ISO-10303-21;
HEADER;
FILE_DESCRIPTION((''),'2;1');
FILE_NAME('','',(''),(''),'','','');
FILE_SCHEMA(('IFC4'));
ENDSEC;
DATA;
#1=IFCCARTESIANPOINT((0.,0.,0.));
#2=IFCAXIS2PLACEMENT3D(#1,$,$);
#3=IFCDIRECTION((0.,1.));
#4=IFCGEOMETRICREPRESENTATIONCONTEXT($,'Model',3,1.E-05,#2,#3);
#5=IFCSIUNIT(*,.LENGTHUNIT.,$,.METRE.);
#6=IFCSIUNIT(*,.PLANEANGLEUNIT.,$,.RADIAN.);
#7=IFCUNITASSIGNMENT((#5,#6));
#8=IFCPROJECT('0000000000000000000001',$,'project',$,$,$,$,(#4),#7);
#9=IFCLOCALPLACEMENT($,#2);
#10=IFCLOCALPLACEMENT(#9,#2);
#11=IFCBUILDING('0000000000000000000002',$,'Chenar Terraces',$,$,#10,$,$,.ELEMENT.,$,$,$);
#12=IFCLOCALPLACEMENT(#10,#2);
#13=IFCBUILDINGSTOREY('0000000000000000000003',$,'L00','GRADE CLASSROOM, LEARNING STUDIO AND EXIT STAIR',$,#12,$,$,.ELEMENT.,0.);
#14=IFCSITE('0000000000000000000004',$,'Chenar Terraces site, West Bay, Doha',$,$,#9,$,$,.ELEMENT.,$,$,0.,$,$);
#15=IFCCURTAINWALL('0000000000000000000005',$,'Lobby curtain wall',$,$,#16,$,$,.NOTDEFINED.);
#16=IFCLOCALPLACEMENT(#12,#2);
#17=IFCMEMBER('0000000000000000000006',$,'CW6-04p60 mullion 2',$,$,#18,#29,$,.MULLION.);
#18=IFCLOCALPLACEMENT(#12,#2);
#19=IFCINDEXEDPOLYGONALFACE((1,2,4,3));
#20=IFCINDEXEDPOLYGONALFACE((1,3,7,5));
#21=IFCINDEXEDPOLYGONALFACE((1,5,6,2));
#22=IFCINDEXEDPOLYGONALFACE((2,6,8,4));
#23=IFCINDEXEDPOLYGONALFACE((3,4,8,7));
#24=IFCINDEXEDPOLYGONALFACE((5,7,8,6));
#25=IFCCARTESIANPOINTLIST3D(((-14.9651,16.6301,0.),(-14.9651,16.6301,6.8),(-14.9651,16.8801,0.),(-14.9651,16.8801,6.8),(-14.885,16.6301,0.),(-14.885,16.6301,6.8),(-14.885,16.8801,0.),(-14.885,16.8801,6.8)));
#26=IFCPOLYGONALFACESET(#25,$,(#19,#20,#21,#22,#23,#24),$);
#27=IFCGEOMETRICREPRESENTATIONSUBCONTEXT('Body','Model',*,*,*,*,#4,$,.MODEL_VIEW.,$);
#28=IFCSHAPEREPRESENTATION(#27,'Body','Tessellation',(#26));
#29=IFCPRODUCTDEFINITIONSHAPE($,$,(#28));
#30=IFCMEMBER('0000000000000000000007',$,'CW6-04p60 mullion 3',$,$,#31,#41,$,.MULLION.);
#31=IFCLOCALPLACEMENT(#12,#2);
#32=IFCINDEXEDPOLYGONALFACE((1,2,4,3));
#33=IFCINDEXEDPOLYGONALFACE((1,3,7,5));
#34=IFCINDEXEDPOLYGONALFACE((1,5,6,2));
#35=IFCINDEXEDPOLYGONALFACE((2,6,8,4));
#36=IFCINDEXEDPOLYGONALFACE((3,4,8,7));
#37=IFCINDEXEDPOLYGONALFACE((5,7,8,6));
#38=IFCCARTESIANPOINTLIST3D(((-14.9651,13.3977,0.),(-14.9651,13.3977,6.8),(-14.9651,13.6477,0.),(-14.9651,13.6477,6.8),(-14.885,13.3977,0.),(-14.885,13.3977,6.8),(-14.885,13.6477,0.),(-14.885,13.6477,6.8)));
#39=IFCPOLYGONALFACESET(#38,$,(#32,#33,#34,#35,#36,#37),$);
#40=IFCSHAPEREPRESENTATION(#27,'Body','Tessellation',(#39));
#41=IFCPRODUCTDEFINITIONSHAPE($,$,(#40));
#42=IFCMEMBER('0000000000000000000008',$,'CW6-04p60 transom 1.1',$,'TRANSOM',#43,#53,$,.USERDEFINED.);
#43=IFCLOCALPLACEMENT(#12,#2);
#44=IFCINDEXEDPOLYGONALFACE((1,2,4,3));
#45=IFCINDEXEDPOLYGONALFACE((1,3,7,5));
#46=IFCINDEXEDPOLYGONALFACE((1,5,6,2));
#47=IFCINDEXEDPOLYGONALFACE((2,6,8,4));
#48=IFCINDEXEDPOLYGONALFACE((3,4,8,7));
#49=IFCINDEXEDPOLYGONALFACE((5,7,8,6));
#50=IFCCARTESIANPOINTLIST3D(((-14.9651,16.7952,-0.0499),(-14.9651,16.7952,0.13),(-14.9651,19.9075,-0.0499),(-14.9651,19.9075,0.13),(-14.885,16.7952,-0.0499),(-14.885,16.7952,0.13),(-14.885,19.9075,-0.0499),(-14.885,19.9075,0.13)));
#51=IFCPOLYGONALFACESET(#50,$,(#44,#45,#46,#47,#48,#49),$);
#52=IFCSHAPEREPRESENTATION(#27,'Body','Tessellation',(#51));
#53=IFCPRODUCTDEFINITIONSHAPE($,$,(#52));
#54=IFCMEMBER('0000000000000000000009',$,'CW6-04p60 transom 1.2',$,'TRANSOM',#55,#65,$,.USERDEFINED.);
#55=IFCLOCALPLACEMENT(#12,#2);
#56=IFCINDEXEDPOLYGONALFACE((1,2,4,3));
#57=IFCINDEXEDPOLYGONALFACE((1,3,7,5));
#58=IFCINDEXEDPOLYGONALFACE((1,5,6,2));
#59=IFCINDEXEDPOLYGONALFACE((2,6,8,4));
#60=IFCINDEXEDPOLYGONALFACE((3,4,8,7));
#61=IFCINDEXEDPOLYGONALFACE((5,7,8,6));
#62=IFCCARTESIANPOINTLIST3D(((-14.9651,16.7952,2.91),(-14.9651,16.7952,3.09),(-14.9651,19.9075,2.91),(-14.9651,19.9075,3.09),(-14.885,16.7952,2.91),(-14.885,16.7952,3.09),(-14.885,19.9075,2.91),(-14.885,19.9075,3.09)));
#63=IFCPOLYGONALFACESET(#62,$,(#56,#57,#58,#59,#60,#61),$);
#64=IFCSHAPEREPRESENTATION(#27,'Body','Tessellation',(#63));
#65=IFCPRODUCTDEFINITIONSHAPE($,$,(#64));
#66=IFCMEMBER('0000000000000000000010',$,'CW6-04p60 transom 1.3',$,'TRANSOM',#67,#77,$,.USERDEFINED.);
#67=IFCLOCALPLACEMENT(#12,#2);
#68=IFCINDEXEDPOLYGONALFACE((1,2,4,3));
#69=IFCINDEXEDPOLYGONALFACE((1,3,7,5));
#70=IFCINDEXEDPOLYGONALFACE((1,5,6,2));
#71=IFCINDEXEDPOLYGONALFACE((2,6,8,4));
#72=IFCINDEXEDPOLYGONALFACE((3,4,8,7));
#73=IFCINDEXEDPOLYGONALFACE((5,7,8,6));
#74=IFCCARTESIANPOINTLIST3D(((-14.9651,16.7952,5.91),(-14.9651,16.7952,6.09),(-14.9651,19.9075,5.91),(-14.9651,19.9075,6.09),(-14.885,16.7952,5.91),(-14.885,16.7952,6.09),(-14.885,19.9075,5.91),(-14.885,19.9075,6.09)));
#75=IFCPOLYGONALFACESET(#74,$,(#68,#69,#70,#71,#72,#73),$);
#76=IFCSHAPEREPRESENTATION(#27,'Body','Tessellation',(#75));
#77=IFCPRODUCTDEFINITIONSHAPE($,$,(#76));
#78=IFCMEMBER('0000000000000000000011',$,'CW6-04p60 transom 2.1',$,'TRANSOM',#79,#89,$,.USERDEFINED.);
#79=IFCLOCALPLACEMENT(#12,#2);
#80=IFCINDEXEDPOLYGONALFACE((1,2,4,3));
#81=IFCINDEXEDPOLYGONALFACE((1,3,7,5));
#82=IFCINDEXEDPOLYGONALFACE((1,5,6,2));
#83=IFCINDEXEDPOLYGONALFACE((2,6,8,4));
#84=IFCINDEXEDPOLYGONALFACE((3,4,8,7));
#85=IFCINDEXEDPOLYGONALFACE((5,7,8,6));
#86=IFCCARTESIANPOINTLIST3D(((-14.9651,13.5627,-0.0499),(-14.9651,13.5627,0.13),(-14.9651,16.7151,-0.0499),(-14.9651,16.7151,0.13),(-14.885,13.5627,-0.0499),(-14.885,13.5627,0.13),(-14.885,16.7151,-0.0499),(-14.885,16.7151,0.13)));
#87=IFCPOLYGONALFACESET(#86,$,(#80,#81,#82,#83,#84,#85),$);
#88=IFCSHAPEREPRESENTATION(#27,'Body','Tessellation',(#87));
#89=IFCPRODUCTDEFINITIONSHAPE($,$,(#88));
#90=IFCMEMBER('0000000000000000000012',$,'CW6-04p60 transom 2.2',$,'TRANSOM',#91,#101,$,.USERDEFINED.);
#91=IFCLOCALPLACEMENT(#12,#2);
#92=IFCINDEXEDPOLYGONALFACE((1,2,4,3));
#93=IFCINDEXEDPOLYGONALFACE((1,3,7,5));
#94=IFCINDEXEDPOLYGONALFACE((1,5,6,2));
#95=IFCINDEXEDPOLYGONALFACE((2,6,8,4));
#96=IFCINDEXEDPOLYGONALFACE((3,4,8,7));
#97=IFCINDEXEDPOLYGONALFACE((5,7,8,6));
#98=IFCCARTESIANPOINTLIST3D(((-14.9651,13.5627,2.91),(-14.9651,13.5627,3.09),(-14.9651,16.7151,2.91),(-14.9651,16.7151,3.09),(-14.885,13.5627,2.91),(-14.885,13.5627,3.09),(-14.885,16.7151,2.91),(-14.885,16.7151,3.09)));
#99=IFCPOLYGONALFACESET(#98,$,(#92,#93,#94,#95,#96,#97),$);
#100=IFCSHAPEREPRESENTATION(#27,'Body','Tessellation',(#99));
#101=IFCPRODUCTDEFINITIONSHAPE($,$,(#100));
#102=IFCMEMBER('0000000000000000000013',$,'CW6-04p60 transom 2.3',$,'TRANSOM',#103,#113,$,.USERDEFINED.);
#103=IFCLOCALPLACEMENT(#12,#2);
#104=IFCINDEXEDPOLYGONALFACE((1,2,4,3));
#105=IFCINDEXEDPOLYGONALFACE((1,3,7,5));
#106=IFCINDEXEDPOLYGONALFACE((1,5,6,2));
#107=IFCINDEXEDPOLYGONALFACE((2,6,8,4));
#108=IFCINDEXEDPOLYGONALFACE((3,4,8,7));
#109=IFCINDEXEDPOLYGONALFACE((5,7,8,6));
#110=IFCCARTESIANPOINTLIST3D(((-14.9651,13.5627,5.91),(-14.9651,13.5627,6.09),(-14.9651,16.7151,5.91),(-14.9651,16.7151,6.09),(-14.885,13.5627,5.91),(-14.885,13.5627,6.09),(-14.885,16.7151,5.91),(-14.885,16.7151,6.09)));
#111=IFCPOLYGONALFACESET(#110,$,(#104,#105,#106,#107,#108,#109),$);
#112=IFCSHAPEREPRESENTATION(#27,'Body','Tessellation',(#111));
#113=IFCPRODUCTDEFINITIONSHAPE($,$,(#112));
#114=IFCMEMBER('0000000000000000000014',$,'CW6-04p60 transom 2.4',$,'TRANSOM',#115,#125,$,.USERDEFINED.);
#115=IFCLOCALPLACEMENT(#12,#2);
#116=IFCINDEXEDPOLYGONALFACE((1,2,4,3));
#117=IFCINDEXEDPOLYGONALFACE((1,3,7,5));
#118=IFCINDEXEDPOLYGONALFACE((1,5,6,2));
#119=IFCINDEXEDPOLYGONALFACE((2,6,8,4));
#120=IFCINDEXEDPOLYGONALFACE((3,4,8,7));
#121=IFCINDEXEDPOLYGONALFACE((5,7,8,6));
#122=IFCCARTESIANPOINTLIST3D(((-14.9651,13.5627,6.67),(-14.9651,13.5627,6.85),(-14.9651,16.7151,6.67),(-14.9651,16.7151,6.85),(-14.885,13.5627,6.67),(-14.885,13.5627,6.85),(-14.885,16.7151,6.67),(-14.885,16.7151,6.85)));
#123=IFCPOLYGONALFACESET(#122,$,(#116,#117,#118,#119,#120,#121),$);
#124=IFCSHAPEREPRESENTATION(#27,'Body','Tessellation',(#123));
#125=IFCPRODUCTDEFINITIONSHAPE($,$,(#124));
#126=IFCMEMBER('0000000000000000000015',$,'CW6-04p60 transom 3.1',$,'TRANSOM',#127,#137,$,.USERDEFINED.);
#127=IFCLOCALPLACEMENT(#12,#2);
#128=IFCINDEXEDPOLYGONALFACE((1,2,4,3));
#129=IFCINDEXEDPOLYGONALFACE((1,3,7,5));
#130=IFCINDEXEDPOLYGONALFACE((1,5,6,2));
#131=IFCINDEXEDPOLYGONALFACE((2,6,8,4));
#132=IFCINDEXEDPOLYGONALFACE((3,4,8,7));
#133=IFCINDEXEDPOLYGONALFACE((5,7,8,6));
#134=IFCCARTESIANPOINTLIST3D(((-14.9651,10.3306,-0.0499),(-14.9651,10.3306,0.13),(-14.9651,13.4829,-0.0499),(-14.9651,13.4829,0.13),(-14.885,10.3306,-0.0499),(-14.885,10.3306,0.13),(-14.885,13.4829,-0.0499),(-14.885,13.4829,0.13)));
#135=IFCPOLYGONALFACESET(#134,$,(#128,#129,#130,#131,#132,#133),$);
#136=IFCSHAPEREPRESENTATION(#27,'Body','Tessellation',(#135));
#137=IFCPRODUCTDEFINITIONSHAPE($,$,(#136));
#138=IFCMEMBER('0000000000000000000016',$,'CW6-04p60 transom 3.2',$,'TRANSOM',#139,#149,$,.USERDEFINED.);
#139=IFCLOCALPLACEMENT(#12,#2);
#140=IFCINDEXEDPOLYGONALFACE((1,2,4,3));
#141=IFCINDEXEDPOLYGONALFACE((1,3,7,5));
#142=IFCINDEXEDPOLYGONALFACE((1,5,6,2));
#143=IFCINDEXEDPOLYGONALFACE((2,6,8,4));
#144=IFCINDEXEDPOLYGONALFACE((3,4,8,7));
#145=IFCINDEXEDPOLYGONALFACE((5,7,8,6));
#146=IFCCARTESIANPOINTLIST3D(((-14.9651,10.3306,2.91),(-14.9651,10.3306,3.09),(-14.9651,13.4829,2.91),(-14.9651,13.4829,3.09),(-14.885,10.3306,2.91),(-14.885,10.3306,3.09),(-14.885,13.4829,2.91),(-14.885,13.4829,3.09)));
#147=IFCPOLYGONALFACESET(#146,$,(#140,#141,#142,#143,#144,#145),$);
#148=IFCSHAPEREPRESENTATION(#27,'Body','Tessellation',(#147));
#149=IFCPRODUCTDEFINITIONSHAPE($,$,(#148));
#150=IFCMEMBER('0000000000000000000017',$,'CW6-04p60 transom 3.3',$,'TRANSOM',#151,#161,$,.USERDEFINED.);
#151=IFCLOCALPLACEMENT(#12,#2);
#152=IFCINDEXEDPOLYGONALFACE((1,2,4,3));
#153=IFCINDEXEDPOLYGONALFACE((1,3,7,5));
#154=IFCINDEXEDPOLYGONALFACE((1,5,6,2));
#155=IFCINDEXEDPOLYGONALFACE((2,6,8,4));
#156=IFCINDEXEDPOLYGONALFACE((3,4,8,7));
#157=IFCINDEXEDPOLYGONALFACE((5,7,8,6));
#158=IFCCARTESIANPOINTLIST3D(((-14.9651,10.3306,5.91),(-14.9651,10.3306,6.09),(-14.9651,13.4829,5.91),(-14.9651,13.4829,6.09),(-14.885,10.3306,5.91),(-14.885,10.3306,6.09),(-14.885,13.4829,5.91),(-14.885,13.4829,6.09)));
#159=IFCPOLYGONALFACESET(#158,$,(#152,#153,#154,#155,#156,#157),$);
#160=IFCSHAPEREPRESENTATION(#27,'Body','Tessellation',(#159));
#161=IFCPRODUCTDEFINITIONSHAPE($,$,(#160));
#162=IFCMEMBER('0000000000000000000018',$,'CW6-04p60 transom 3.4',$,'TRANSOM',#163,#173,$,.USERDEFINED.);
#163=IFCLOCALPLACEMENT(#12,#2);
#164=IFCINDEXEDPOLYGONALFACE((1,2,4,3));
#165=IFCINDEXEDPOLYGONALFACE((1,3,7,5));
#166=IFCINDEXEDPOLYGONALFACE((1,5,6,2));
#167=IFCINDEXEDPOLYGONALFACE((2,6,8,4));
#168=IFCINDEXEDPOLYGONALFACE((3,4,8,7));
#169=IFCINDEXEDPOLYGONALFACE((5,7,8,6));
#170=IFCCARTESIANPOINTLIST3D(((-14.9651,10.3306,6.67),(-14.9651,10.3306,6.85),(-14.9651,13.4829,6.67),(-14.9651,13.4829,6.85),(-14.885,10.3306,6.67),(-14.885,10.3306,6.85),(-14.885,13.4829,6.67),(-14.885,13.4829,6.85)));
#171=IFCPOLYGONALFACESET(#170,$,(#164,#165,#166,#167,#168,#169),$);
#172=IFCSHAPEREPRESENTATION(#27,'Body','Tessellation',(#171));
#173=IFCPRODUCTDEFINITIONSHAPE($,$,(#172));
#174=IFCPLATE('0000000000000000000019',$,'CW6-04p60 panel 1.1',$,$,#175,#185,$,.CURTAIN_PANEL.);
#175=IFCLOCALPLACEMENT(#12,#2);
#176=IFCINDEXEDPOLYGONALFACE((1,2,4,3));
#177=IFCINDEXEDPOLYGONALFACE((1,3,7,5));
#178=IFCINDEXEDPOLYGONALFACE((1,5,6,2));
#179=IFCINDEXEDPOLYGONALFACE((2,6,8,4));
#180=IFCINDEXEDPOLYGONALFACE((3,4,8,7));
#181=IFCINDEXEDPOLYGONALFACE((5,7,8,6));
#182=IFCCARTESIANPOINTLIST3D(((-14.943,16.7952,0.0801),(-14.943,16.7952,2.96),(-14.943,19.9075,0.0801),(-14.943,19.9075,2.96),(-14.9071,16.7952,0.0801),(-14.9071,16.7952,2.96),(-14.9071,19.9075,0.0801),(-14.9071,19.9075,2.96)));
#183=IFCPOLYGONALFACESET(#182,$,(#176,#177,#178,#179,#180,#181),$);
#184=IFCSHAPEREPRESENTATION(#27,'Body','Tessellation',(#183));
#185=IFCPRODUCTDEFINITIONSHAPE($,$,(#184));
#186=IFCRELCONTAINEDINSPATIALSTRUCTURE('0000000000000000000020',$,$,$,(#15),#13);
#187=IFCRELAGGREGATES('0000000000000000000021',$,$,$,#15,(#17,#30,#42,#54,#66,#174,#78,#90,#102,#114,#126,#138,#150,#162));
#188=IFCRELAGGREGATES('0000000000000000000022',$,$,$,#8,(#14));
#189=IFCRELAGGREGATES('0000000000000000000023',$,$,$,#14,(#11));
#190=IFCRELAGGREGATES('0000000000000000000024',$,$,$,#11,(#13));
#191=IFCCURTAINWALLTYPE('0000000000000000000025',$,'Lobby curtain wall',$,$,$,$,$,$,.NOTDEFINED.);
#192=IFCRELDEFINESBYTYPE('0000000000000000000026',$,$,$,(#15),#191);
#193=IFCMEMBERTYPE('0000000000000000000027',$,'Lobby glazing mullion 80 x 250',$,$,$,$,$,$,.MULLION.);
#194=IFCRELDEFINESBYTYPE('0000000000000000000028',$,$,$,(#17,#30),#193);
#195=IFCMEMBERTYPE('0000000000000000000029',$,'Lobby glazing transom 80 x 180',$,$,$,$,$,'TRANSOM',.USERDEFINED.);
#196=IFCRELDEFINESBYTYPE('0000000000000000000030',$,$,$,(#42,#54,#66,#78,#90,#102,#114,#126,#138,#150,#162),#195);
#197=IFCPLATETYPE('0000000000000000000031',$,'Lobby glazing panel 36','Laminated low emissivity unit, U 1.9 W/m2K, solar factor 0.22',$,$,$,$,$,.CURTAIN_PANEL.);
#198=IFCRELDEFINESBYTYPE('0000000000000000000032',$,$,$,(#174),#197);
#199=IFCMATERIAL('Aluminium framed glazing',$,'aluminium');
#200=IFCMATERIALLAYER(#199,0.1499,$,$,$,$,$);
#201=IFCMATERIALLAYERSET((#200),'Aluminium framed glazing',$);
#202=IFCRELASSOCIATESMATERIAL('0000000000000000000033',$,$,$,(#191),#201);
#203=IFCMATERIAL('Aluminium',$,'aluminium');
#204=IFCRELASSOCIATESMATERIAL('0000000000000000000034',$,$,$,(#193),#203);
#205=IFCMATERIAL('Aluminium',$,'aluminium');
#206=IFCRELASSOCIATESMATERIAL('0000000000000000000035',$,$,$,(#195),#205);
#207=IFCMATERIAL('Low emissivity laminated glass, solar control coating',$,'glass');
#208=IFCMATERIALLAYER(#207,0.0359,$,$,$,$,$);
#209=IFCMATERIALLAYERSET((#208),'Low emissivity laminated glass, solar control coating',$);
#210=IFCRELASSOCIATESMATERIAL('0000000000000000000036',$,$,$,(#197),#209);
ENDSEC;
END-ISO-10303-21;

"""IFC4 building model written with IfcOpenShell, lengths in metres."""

from ifc_helpers import new_model, si_unit, direction, frame, origin, origin_2d, place, context, subcontext, project, spatial, rectangle, extrude, material, layer, layer_set, material_profile, profile_set, type_object, element, aggregate, save


model = new_model("IFC4")

# Units and contexts
model_context = context("Model", 3, precision=1e-05, world=origin(), true_north=direction((0.0, 1.0)))
body_context = subcontext(model_context, "Body", "Model", "MODEL_VIEW")
ifc_project = project(units=[si_unit("LENGTHUNIT", "METRE"), si_unit("PLANEANGLEUNIT", "RADIAN")], contexts=[model_context])

# Site, building, storey
site_placement = place(None, origin())
site = spatial("IfcSite", under=ifc_project, at=site_placement, Name="Chenar Terraces site, West Bay, Doha", CompositionType="ELEMENT", RefElevation=0.0)
building_placement = place(site_placement, origin())
building = spatial("IfcBuilding", under=site, at=building_placement, Name="Chenar Terraces", CompositionType="ELEMENT")
storey_placement = place(building_placement, origin())
storey = spatial("IfcBuildingStorey", under=building, at=storey_placement, Name="L00", Description="GRADE CLASSROOM, LEARNING STUDIO AND EXIT STAIR", CompositionType="ELEMENT", Elevation=0.0)

# Curtain wall, members, plate
ifc_material_1 = material(Name="Aluminium framed glazing", Category="aluminium")
ifc_layer_1 = layer(ifc_material_1, 0.1499)
ifc_layer_set_1 = layer_set([ifc_layer_1], Name="Aluminium framed glazing")
curtain_wall_type = type_object("IfcCurtainWallType", Name="Lobby curtain wall", PredefinedType="NOTDEFINED", material=ifc_layer_set_1)
curtain_wall_placement = place(storey_placement, origin())
curtain_wall = element("IfcCurtainWall", 1, at=curtain_wall_placement, inside=storey, type_object=curtain_wall_type, Name="Lobby curtain wall", PredefinedType="NOTDEFINED")
ifc_material_2 = material(Name="Aluminium", Category="aluminium")
ifc_material_profile_1 = material_profile(ifc_material_2, rectangle(XDim=0.0801, YDim=0.25, at=origin_2d()), Name="Lobby glazing mullion 80 x 250")
ifc_profile_set_1 = profile_set([ifc_material_profile_1], Name="Aluminium")
member_type_1 = type_object("IfcMemberType", Name="Lobby glazing mullion 80 x 250", PredefinedType="MULLION", material=ifc_profile_set_1)
member_1_placement = place(storey_placement, frame((-14.925, 16.7551, 0.0), z_axis=(0.0, 0.0, 1.0), x_axis=(1.0, 0.0, 0.0)))
member_1 = element("IfcMember", 2, at=member_1_placement, type_object=member_type_1, Name="CW6-04p60 mullion 2", PredefinedType="MULLION", context=body_context, shape_type="SweptSolid", body=[
    extrude(rectangle(XDim=0.0801, YDim=0.25, at=origin_2d()), origin(), (0.0, 0.0, 1.0), 6.8),
])
member_2_placement = place(storey_placement, frame((-14.925, 13.5227, 0.0), z_axis=(0.0, 0.0, 1.0), x_axis=(1.0, 0.0, 0.0)))
member_2 = element("IfcMember", 3, at=member_2_placement, type_object=member_type_1, Name="CW6-04p60 mullion 3", PredefinedType="MULLION", context=body_context, shape_type="SweptSolid", body=[
    extrude(rectangle(XDim=0.0801, YDim=0.25, at=origin_2d()), origin(), (0.0, 0.0, 1.0), 6.8),
])
ifc_material_3 = material(Name="Aluminium", Category="aluminium")
ifc_material_profile_2 = material_profile(ifc_material_3, rectangle(XDim=0.0801, YDim=0.1799, at=origin_2d()), Name="Lobby glazing transom 80 x 180")
ifc_profile_set_2 = profile_set([ifc_material_profile_2], Name="Aluminium")
member_type_2 = type_object("IfcMemberType", Name="Lobby glazing transom 80 x 180", ElementType="TRANSOM", PredefinedType="USERDEFINED", material=ifc_profile_set_2)
member_3_placement = place(storey_placement, frame((-14.925, 19.9075, 0.04), z_axis=(0.0, -1.0, 0.0), x_axis=(1.0, 0.0, 0.0)))
member_3 = element("IfcMember", 4, at=member_3_placement, type_object=member_type_2, Name="CW6-04p60 transom 1.1", ObjectType="TRANSOM", PredefinedType="USERDEFINED", context=body_context, shape_type="SweptSolid", body=[
    extrude(rectangle(XDim=0.0801, YDim=0.1799, at=origin_2d()), origin(), (0.0, 0.0, 1.0), 3.1123),
])
member_4_placement = place(storey_placement, frame((-14.925, 19.9075, 3.0), z_axis=(0.0, -1.0, 0.0), x_axis=(1.0, 0.0, 0.0)))
member_4 = element("IfcMember", 5, at=member_4_placement, type_object=member_type_2, Name="CW6-04p60 transom 1.2", ObjectType="TRANSOM", PredefinedType="USERDEFINED", context=body_context, shape_type="SweptSolid", body=[
    extrude(rectangle(XDim=0.0801, YDim=0.1799, at=origin_2d()), origin(), (0.0, 0.0, 1.0), 3.1123),
])
member_5_placement = place(storey_placement, frame((-14.925, 19.9075, 6.0), z_axis=(0.0, -1.0, 0.0), x_axis=(1.0, 0.0, 0.0)))
member_5 = element("IfcMember", 6, at=member_5_placement, type_object=member_type_2, Name="CW6-04p60 transom 1.3", ObjectType="TRANSOM", PredefinedType="USERDEFINED", context=body_context, shape_type="SweptSolid", body=[
    extrude(rectangle(XDim=0.0801, YDim=0.1799, at=origin_2d()), origin(), (0.0, 0.0, 1.0), 3.1123),
])
member_6_placement = place(storey_placement, frame((-14.925, 16.7151, 0.04), z_axis=(0.0, -1.0, 0.0), x_axis=(1.0, 0.0, 0.0)))
member_6 = element("IfcMember", 7, at=member_6_placement, type_object=member_type_2, Name="CW6-04p60 transom 2.1", ObjectType="TRANSOM", PredefinedType="USERDEFINED", context=body_context, shape_type="SweptSolid", body=[
    extrude(rectangle(XDim=0.0801, YDim=0.1799, at=origin_2d()), origin(), (0.0, 0.0, 1.0), 3.1523),
])
member_7_placement = place(storey_placement, frame((-14.925, 16.7151, 3.0), z_axis=(0.0, -1.0, 0.0), x_axis=(1.0, 0.0, 0.0)))
member_7 = element("IfcMember", 8, at=member_7_placement, type_object=member_type_2, Name="CW6-04p60 transom 2.2", ObjectType="TRANSOM", PredefinedType="USERDEFINED", context=body_context, shape_type="SweptSolid", body=[
    extrude(rectangle(XDim=0.0801, YDim=0.1799, at=origin_2d()), origin(), (0.0, 0.0, 1.0), 3.1523),
])
member_8_placement = place(storey_placement, frame((-14.925, 16.7151, 6.0), z_axis=(0.0, -1.0, 0.0), x_axis=(1.0, 0.0, 0.0)))
member_8 = element("IfcMember", 9, at=member_8_placement, type_object=member_type_2, Name="CW6-04p60 transom 2.3", ObjectType="TRANSOM", PredefinedType="USERDEFINED", context=body_context, shape_type="SweptSolid", body=[
    extrude(rectangle(XDim=0.0801, YDim=0.1799, at=origin_2d()), origin(), (0.0, 0.0, 1.0), 3.1523),
])
member_9_placement = place(storey_placement, frame((-14.925, 16.7151, 6.76), z_axis=(0.0, -1.0, 0.0), x_axis=(1.0, 0.0, 0.0)))
member_9 = element("IfcMember", 10, at=member_9_placement, type_object=member_type_2, Name="CW6-04p60 transom 2.4", ObjectType="TRANSOM", PredefinedType="USERDEFINED", context=body_context, shape_type="SweptSolid", body=[
    extrude(rectangle(XDim=0.0801, YDim=0.1799, at=origin_2d()), origin(), (0.0, 0.0, 1.0), 3.1523),
])
member_10_placement = place(storey_placement, frame((-14.925, 13.4829, 0.04), z_axis=(0.0, -1.0, 0.0), x_axis=(1.0, 0.0, 0.0)))
member_10 = element("IfcMember", 11, at=member_10_placement, type_object=member_type_2, Name="CW6-04p60 transom 3.1", ObjectType="TRANSOM", PredefinedType="USERDEFINED", context=body_context, shape_type="SweptSolid", body=[
    extrude(rectangle(XDim=0.0801, YDim=0.1799, at=origin_2d()), origin(), (0.0, 0.0, 1.0), 3.1523),
])
member_11_placement = place(storey_placement, frame((-14.925, 13.4829, 3.0), z_axis=(0.0, -1.0, 0.0), x_axis=(1.0, 0.0, 0.0)))
member_11 = element("IfcMember", 12, at=member_11_placement, type_object=member_type_2, Name="CW6-04p60 transom 3.2", ObjectType="TRANSOM", PredefinedType="USERDEFINED", context=body_context, shape_type="SweptSolid", body=[
    extrude(rectangle(XDim=0.0801, YDim=0.1799, at=origin_2d()), origin(), (0.0, 0.0, 1.0), 3.1523),
])
member_12_placement = place(storey_placement, frame((-14.925, 13.4829, 6.0), z_axis=(0.0, -1.0, 0.0), x_axis=(1.0, 0.0, 0.0)))
member_12 = element("IfcMember", 13, at=member_12_placement, type_object=member_type_2, Name="CW6-04p60 transom 3.3", ObjectType="TRANSOM", PredefinedType="USERDEFINED", context=body_context, shape_type="SweptSolid", body=[
    extrude(rectangle(XDim=0.0801, YDim=0.1799, at=origin_2d()), origin(), (0.0, 0.0, 1.0), 3.1523),
])
member_13_placement = place(storey_placement, frame((-14.925, 13.4829, 6.76), z_axis=(0.0, -1.0, 0.0), x_axis=(1.0, 0.0, 0.0)))
member_13 = element("IfcMember", 14, at=member_13_placement, type_object=member_type_2, Name="CW6-04p60 transom 3.4", ObjectType="TRANSOM", PredefinedType="USERDEFINED", context=body_context, shape_type="SweptSolid", body=[
    extrude(rectangle(XDim=0.0801, YDim=0.1799, at=origin_2d()), origin(), (0.0, 0.0, 1.0), 3.1523),
])
ifc_material_4 = material(Name="Low emissivity laminated glass, solar control coating", Category="glass")
ifc_layer_2 = layer(ifc_material_4, 0.0359)
ifc_layer_set_2 = layer_set([ifc_layer_2], Name="Low emissivity laminated glass, solar control coating")
plate_type = type_object("IfcPlateType", Name="Lobby glazing panel 36", Description="Laminated low emissivity unit, U 1.9 W/m2K, solar factor 0.22", PredefinedType="CURTAIN_PANEL", material=ifc_layer_set_2)
plate_1_placement = place(storey_placement, frame((-14.925, 18.3513, 0.0801), z_axis=(0.0, 0.0, 1.0), x_axis=(0.0, -1.0, 0.0)))
plate_1 = element("IfcPlate", 15, at=plate_1_placement, type_object=plate_type, Name="CW6-04p60 panel 1.1", PredefinedType="CURTAIN_PANEL", context=body_context, shape_type="SweptSolid", body=[
    extrude(rectangle(XDim=3.1123, YDim=0.0359, at=origin_2d()), origin(), (0.0, 0.0, 1.0), 2.8799),
])
aggregate(curtain_wall, [member_1, member_2, member_3, member_4, member_5, plate_1, member_6, member_7, member_8, member_9, member_10, member_11, member_12, member_13])

save(model, "model.ifc")
